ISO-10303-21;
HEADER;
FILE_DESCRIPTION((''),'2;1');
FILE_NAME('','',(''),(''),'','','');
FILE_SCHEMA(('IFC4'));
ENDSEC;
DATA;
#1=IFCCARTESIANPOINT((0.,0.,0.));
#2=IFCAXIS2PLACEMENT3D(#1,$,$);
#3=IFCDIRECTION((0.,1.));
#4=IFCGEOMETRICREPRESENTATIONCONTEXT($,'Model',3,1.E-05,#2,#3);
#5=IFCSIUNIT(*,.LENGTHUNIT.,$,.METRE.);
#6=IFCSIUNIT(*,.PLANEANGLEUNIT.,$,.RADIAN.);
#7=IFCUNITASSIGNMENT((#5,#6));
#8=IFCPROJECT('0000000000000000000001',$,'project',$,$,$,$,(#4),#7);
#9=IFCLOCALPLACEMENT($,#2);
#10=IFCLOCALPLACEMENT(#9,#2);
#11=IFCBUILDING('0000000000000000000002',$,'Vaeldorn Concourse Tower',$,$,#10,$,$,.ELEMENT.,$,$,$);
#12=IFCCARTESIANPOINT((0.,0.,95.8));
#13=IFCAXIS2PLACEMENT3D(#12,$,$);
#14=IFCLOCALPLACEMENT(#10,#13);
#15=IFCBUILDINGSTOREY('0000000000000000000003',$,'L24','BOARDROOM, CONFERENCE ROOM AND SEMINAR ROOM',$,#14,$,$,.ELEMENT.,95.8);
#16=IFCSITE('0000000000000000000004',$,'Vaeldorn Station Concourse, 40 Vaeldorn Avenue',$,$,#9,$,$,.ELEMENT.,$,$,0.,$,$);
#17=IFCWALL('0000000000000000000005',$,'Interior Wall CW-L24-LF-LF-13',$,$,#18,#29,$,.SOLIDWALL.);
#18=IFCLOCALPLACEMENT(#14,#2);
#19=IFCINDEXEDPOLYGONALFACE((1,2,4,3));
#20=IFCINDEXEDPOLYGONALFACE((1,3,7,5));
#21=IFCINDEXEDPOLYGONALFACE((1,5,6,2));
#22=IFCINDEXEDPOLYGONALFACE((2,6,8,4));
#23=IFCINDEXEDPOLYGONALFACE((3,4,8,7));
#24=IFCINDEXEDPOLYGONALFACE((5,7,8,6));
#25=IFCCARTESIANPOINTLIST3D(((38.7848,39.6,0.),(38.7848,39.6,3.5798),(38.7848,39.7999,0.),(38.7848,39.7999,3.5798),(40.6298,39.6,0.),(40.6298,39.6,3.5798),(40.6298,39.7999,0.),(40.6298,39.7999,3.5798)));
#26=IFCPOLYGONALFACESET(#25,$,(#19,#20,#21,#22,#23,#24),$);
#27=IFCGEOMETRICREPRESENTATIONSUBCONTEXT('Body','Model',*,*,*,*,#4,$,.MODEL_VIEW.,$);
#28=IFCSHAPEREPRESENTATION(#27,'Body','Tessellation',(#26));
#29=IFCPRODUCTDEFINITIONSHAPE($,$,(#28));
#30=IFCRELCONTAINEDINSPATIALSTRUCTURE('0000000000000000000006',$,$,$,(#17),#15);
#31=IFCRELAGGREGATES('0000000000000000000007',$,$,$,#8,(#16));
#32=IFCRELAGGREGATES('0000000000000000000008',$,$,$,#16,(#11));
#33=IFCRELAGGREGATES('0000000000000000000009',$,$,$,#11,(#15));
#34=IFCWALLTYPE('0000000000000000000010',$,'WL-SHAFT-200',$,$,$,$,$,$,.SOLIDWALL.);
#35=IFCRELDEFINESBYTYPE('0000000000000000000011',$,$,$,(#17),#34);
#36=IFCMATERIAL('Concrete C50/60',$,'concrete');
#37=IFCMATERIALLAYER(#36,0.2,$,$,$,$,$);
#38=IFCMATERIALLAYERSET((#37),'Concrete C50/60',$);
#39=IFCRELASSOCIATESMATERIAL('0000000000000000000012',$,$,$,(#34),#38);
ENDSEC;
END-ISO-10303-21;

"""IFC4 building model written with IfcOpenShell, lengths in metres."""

from ifc_helpers import new_model, si_unit, direction, frame, frame_2d, origin, place, context, subcontext, project, spatial, rectangle, extrude, material, layer, layer_set, type_object, element, save


model = new_model("IFC4")

# Units and contexts
model_context = context("Model", 3, precision=1e-05, world=origin(), true_north=direction((0.0, 1.0)))
body_context = subcontext(model_context, "Body", "Model", "MODEL_VIEW")
ifc_project = project(units=[si_unit("LENGTHUNIT", "METRE"), si_unit("PLANEANGLEUNIT", "RADIAN")], contexts=[model_context])

# Site, building, storey
site_placement = place(None, origin())
site = spatial("IfcSite", under=ifc_project, at=site_placement, Name="Vaeldorn Station Concourse, 40 Vaeldorn Avenue", CompositionType="ELEMENT", RefElevation=0.0)
building_placement = place(site_placement, origin())
building = spatial("IfcBuilding", under=site, at=building_placement, Name="Vaeldorn Concourse Tower", CompositionType="ELEMENT")
storey_placement = place(building_placement, frame((0.0, 0.0, 95.8)))
storey = spatial("IfcBuildingStorey", under=building, at=storey_placement, Name="L24", Description="BOARDROOM, CONFERENCE ROOM AND SEMINAR ROOM", CompositionType="ELEMENT", Elevation=95.8)

# Wall
ifc_material_1 = material(Name="Concrete C50/60", Category="concrete")
ifc_layer_1 = layer(ifc_material_1, 0.2)
ifc_layer_set_1 = layer_set([ifc_layer_1], Name="Concrete C50/60")
wall_type_1 = type_object("IfcWallType", Name="WL-SHAFT-200", PredefinedType="SOLIDWALL", material=ifc_layer_set_1)
wall_1_placement = place(storey_placement, frame((38.7849, 39.7, 0.0), z_axis=(0.0, 0.0, 1.0), x_axis=(1.0, 0.0, 0.0)))
element("IfcWall", 1, at=wall_1_placement, inside=storey, type_object=wall_type_1, Name="Interior Wall CW-L24-LF-LF-13", PredefinedType="SOLIDWALL", context=body_context, shape_type="SweptSolid", body=[
    extrude(rectangle(XDim=1.845, YDim=0.2, at=frame_2d((0.9224, 0.0))), origin(), (0.0, 0.0, 1.0), 3.5798),
])

save(model, "model.ifc")
